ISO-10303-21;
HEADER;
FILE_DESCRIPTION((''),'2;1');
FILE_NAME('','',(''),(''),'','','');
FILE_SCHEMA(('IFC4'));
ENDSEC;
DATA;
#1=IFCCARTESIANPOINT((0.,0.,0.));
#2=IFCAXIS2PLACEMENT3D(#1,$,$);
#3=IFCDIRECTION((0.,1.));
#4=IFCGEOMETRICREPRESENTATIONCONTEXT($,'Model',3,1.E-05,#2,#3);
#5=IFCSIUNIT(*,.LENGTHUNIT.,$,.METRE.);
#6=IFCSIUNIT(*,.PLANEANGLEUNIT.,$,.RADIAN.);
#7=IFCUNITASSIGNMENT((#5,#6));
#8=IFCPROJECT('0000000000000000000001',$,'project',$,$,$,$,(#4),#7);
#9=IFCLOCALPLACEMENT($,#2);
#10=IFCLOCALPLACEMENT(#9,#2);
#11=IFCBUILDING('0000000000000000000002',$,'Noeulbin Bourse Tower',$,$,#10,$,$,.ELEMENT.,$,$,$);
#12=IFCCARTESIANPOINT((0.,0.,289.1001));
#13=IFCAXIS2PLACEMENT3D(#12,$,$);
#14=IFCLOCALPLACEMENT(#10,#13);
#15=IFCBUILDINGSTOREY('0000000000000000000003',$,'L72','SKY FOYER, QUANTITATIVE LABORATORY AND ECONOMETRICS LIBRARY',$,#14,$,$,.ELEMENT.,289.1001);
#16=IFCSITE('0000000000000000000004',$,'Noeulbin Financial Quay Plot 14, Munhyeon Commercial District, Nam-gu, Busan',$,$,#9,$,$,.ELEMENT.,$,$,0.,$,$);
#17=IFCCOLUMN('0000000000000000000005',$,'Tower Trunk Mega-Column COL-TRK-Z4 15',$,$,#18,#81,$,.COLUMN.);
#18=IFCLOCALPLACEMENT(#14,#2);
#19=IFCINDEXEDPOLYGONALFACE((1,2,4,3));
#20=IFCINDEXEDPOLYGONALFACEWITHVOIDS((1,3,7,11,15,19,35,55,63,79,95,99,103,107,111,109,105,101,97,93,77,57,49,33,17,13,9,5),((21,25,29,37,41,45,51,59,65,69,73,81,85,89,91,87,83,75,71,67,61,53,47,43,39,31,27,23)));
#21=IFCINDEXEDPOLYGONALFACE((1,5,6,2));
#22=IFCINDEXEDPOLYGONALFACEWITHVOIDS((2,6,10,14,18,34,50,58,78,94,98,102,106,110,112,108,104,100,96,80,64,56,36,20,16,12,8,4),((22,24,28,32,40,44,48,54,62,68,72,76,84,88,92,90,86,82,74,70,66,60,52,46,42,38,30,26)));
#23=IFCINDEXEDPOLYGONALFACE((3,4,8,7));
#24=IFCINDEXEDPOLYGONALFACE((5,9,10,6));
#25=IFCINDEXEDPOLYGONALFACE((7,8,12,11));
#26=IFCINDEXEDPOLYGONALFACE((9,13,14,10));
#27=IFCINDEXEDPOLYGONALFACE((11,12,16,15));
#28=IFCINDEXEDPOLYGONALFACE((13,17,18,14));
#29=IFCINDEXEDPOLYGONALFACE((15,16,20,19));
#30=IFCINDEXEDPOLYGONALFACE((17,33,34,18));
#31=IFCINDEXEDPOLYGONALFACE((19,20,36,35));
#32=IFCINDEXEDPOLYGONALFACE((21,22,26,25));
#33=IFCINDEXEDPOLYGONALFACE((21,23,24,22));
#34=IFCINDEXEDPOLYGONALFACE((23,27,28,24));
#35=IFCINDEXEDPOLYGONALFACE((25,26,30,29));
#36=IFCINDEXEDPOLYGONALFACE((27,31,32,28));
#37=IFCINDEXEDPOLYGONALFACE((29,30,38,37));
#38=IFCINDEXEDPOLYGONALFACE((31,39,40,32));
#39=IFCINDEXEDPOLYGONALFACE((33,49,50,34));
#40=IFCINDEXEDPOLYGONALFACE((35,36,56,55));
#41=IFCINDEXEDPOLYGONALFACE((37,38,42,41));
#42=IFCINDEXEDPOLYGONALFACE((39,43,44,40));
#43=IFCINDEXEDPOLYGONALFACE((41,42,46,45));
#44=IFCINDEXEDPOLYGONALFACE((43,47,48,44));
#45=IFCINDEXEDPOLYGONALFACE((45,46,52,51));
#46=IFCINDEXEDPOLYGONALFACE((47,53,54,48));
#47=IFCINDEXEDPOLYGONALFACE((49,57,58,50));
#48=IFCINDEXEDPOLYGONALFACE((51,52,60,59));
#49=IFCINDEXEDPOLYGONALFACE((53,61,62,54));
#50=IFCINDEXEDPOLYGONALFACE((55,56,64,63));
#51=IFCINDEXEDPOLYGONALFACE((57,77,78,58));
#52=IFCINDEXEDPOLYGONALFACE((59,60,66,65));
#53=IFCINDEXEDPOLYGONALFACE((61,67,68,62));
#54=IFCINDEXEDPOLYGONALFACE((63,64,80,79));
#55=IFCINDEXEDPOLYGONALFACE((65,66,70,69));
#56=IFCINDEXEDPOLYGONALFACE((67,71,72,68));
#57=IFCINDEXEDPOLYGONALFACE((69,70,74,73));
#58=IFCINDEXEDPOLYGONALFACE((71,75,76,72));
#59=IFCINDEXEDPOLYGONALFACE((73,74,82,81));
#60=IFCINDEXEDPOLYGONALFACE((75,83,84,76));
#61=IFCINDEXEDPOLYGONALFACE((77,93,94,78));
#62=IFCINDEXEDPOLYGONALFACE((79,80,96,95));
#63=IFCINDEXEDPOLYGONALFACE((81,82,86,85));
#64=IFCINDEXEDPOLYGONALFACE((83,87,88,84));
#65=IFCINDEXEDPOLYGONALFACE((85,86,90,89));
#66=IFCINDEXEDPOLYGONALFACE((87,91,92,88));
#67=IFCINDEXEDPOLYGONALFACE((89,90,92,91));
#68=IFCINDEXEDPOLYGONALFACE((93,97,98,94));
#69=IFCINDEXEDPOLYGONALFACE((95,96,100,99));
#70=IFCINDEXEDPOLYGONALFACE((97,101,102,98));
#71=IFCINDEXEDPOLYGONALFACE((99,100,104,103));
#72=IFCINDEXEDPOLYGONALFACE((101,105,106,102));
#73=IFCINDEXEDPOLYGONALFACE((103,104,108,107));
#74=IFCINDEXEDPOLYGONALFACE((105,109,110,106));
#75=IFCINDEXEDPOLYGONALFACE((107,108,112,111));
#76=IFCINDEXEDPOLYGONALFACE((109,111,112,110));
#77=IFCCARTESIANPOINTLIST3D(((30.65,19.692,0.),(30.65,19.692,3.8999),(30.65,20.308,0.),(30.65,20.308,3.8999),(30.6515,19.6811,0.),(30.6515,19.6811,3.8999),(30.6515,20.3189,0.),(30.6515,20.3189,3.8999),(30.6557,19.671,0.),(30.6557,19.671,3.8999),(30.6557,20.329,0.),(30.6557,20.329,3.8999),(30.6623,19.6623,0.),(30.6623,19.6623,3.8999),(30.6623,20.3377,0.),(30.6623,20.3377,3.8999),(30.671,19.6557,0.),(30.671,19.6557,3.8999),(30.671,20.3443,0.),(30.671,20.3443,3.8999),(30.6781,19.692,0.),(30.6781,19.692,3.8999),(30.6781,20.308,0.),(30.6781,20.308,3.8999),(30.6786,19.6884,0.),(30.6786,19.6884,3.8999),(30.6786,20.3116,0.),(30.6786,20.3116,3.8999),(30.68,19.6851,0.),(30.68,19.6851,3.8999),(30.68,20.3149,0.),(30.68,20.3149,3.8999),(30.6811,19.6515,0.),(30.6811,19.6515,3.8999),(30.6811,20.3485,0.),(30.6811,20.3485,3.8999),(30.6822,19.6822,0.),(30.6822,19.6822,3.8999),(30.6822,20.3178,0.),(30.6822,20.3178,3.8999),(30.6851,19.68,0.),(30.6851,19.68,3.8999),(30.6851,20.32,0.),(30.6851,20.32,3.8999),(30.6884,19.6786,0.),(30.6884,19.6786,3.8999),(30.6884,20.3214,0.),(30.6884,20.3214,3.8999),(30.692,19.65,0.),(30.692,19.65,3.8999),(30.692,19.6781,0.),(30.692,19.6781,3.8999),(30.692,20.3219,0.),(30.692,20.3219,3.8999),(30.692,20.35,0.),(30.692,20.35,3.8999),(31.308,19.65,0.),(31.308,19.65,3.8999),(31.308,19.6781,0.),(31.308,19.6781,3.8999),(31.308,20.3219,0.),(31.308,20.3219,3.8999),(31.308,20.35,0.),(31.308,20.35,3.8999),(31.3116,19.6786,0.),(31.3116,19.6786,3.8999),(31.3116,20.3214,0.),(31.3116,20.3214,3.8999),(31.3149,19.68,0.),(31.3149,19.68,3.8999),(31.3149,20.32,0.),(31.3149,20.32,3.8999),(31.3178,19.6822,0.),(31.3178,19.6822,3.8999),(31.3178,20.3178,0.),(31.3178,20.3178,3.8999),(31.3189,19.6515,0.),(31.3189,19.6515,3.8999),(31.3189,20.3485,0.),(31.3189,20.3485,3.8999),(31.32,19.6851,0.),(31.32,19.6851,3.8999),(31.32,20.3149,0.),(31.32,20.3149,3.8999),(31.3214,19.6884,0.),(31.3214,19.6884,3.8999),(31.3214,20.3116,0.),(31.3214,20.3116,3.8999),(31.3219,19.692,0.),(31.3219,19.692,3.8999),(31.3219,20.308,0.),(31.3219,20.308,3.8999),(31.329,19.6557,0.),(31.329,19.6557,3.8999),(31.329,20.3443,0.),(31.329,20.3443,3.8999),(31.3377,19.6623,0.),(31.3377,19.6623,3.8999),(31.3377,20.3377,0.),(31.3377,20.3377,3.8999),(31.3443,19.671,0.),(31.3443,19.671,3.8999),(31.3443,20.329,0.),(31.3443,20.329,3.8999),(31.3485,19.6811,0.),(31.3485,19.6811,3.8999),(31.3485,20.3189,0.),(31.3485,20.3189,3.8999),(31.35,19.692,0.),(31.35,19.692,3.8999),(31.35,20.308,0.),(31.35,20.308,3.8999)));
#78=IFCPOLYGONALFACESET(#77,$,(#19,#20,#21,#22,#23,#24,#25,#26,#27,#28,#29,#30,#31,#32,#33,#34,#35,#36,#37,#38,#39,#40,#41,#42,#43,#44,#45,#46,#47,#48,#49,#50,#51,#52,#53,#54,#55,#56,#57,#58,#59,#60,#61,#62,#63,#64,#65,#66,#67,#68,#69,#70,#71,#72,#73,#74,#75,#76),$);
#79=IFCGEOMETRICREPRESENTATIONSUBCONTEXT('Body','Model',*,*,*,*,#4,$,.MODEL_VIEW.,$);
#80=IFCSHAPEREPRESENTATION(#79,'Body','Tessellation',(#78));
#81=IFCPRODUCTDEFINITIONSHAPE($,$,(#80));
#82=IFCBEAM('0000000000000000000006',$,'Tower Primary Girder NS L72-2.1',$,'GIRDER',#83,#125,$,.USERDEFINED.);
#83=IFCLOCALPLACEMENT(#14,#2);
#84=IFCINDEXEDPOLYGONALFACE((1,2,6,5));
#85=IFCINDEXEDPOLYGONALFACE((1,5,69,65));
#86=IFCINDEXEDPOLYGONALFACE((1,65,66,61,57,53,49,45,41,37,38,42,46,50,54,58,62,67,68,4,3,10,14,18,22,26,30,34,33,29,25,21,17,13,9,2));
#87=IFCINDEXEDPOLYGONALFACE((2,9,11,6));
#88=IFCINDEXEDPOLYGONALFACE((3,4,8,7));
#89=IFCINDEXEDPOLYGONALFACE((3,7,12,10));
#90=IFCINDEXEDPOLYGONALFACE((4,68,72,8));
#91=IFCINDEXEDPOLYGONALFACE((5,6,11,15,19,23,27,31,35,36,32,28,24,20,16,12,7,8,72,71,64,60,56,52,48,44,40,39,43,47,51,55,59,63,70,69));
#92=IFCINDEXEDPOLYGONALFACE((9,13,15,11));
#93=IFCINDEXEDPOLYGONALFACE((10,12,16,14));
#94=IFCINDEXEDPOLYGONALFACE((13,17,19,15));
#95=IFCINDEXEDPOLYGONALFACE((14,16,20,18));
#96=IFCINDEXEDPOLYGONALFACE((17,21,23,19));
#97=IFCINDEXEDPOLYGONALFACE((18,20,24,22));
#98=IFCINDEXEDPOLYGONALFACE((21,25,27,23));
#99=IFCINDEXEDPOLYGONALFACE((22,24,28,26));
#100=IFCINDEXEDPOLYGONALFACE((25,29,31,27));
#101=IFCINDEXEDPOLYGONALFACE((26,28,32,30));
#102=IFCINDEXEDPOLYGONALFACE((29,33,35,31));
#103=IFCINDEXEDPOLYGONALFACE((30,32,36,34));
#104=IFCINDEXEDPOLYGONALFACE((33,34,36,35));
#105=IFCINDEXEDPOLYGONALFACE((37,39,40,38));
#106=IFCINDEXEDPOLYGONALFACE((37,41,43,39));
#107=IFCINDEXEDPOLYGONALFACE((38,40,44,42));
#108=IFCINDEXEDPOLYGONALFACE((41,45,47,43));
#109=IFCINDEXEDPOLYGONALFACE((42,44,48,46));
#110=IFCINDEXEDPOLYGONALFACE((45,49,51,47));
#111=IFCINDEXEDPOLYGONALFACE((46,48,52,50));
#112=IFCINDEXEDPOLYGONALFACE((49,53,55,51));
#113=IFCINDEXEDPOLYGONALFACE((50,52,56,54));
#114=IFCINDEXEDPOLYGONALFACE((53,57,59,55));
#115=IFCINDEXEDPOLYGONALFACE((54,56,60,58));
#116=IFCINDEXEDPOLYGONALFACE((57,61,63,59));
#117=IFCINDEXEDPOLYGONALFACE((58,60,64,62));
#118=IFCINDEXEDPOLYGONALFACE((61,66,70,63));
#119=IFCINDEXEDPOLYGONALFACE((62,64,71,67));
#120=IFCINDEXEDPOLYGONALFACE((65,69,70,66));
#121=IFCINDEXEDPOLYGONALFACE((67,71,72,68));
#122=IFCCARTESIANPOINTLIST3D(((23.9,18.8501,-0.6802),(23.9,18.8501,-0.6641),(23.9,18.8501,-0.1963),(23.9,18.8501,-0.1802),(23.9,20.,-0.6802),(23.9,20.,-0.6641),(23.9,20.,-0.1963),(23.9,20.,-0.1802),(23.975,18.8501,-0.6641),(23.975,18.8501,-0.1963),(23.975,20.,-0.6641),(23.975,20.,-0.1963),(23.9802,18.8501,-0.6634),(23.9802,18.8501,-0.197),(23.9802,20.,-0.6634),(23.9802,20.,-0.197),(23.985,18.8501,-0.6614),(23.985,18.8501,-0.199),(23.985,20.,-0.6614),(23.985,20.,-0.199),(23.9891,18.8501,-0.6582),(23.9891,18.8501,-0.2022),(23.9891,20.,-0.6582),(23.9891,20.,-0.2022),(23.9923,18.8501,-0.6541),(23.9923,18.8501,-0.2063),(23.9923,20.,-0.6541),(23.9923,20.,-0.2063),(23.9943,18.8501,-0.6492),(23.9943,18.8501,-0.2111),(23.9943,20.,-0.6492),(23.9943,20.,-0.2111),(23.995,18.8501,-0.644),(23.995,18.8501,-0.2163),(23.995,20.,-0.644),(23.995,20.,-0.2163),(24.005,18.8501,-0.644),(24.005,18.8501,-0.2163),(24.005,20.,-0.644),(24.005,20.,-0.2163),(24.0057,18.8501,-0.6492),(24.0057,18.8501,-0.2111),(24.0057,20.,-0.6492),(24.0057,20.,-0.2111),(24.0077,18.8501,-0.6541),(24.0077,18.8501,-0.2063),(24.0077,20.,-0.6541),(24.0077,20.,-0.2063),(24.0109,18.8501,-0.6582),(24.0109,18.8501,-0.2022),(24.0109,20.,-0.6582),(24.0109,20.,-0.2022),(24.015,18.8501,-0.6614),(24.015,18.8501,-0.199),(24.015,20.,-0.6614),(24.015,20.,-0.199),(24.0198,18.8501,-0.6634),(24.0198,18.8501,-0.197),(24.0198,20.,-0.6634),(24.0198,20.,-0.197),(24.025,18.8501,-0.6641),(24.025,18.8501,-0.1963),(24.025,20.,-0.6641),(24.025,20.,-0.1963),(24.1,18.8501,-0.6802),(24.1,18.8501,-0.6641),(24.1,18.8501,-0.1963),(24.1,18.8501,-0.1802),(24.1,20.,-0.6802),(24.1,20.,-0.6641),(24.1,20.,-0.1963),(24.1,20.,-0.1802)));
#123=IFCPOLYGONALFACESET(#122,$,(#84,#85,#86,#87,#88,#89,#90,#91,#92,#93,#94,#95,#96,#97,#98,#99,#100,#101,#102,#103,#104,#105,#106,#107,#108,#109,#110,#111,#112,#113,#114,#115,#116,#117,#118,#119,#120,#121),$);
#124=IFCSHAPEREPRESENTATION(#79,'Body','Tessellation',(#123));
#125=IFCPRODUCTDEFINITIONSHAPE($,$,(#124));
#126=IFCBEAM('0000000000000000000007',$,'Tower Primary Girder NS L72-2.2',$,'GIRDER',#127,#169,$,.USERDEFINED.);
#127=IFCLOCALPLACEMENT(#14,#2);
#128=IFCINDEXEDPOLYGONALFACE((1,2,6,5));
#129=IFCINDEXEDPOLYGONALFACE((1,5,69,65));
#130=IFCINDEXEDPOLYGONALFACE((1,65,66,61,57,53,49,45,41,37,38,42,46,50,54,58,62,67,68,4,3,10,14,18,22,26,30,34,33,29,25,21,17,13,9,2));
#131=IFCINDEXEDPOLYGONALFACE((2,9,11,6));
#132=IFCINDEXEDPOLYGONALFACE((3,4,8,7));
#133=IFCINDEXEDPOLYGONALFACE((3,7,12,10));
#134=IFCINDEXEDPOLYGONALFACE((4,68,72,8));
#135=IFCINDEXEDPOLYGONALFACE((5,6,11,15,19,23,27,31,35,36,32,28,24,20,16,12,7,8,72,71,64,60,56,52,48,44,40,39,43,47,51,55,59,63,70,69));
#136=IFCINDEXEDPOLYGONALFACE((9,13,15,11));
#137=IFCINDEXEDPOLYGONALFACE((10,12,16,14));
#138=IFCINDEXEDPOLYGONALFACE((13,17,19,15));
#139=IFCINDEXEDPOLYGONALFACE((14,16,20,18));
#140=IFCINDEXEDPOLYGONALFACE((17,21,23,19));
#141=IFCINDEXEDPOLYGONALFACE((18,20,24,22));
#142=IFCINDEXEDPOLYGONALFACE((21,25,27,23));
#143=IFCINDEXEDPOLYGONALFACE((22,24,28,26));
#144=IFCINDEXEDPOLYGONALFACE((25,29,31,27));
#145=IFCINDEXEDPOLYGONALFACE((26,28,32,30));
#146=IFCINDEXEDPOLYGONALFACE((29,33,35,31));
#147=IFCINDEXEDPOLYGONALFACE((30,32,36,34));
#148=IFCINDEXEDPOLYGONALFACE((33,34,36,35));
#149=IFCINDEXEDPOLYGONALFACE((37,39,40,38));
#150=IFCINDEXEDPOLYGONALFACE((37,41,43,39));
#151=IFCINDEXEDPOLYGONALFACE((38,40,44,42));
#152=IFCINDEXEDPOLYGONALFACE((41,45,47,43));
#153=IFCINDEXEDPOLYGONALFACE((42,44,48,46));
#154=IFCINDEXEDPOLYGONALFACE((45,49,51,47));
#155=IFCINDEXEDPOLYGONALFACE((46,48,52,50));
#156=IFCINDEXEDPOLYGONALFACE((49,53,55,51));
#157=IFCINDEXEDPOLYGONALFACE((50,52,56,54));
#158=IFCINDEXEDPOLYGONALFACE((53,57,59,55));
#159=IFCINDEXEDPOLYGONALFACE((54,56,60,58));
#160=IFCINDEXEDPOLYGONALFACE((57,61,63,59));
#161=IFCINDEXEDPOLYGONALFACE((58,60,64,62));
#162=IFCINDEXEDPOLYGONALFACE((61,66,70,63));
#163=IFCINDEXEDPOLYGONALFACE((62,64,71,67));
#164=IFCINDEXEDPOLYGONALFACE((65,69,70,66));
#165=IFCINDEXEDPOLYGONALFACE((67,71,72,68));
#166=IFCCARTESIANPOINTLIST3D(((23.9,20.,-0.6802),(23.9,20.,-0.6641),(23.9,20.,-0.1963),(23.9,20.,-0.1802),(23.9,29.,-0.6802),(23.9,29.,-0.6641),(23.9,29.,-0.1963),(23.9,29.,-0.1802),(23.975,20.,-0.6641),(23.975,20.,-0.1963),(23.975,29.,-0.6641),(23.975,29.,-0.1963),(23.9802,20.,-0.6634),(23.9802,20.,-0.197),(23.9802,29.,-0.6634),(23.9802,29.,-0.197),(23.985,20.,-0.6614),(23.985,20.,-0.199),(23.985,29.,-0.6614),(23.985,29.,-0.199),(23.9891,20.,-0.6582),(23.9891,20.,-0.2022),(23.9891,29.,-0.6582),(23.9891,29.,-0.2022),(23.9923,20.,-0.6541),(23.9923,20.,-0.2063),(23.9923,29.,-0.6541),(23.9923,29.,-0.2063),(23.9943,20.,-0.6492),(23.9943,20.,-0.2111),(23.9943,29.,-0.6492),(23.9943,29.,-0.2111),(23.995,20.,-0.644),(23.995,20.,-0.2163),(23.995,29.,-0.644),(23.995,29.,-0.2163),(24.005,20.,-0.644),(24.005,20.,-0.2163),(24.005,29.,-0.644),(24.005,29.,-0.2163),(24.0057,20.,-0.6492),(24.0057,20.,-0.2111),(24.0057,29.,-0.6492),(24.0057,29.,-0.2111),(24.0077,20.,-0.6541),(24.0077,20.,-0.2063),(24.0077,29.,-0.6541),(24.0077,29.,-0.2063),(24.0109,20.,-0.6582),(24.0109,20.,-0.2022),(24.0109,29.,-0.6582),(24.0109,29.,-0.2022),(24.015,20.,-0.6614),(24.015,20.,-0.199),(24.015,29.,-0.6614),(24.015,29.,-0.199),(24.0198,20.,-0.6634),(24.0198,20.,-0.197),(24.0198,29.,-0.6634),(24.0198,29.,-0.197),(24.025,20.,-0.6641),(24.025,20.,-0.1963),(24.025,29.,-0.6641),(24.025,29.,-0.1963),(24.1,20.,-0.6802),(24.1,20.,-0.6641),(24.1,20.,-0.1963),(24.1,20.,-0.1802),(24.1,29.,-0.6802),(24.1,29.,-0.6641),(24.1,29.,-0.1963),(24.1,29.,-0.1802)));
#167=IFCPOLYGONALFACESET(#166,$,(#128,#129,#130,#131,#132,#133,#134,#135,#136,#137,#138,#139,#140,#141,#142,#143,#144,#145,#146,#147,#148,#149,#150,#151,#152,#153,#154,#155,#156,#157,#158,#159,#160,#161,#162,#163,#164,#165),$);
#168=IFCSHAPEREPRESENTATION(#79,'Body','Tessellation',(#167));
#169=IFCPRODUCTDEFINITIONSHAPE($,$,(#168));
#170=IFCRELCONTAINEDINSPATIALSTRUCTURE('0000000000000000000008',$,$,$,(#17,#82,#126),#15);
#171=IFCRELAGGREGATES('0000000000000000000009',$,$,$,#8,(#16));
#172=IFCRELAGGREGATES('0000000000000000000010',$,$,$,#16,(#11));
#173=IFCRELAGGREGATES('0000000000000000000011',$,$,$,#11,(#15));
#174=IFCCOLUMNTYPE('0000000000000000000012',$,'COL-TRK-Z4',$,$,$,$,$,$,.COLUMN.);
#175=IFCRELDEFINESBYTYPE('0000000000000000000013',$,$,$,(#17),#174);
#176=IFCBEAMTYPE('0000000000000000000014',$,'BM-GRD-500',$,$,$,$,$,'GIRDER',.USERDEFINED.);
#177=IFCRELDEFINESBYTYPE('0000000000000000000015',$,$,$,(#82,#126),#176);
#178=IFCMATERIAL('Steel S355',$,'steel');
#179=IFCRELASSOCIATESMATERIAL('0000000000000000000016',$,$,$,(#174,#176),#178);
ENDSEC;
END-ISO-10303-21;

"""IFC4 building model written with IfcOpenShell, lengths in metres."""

from ifc_helpers import new_model, si_unit, direction, frame, origin, origin_2d, place, context, subcontext, project, spatial, hollow_rectangle, i_section, extrude, material, material_profile, profile_set, type_object, element, save


model = new_model("IFC4")

# Units and contexts
model_context = context("Model", 3, precision=1e-05, world=origin(), true_north=direction((0.0, 1.0)))
body_context = subcontext(model_context, "Body", "Model", "MODEL_VIEW")
ifc_project = project(units=[si_unit("LENGTHUNIT", "METRE"), si_unit("PLANEANGLEUNIT", "RADIAN")], contexts=[model_context])

# Site, building, storey
site_placement = place(None, origin())
site = spatial("IfcSite", under=ifc_project, at=site_placement, Name="Noeulbin Financial Quay Plot 14, Munhyeon Commercial District, Nam-gu, Busan", CompositionType="ELEMENT", RefElevation=0.0)
building_placement = place(site_placement, origin())
building = spatial("IfcBuilding", under=site, at=building_placement, Name="Noeulbin Bourse Tower", CompositionType="ELEMENT")
storey_placement = place(building_placement, frame((0.0, 0.0, 289.1001)))
storey = spatial("IfcBuildingStorey", under=building, at=storey_placement, Name="L72", Description="SKY FOYER, QUANTITATIVE LABORATORY AND ECONOMETRICS LIBRARY", CompositionType="ELEMENT", Elevation=289.1001)

# Column
ifc_material_1 = material(Name="Steel S355", Category="steel")
ifc_material_profile_1 = material_profile(ifc_material_1, hollow_rectangle(XDim=0.7, YDim=0.7, WallThickness=0.0281, InnerFilletRadius=0.0139, OuterFilletRadius=0.042, at=origin_2d()), Name="BOX-700x700x28", Category="LoadBearing")
ifc_profile_set_1 = profile_set([ifc_material_profile_1], Name="Steel S355")
column_type = type_object("IfcColumnType", Name="COL-TRK-Z4", PredefinedType="COLUMN", material=ifc_profile_set_1)
for number, where, z_axis, x_axis, name in (
    (1, (31.0, 20.0, 0.0), (0.0, 0.0, 1.0), (1.0, 0.0, 0.0), "Tower Trunk Mega-Column COL-TRK-Z4 15"),
):
    element("IfcColumn", number, at=place(storey_placement, frame(where, z_axis=z_axis, x_axis=x_axis)), inside=storey, type_object=column_type, Name=name, PredefinedType="COLUMN", context=body_context, shape_type="SweptSolid", body=[
        extrude(hollow_rectangle(XDim=0.7, YDim=0.7, WallThickness=0.0281, InnerFilletRadius=0.0139, OuterFilletRadius=0.042, at=origin_2d()), origin(), (0.0, 0.0, 1.0), 3.8999),
    ])

# Beams
ifc_material_profile_2 = material_profile(ifc_material_1, i_section(OverallWidth=0.2, OverallDepth=0.5, WebThickness=0.01, FlangeThickness=0.0161, FilletRadius=0.02, at=origin_2d()), Name="H-500x200x10x16", Category="LoadBearing")
ifc_profile_set_2 = profile_set([ifc_material_profile_2], Name="Steel S355")
beam_type_1 = type_object("IfcBeamType", Name="BM-GRD-500", ElementType="GIRDER", PredefinedType="USERDEFINED", material=ifc_profile_set_2)
beam_1_placement = place(storey_placement, frame((24.0, 18.8501, -0.4302), z_axis=(0.0, 1.0, 0.0), x_axis=(-1.0, 0.0, 0.0)))
element("IfcBeam", 2, at=beam_1_placement, inside=storey, type_object=beam_type_1, Name="Tower Primary Girder NS L72-2.1", ObjectType="GIRDER", PredefinedType="USERDEFINED", context=body_context, shape_type="SweptSolid", body=[
    extrude(i_section(OverallWidth=0.2, OverallDepth=0.5, WebThickness=0.01, FlangeThickness=0.0161, FilletRadius=0.02, at=origin_2d()), origin(), (0.0, 0.0, 1.0), 1.1499),
])
beam_2_placement = place(storey_placement, frame((24.0, 20.0, -0.4302), z_axis=(0.0, 1.0, 0.0), x_axis=(-1.0, 0.0, 0.0)))
element("IfcBeam", 3, at=beam_2_placement, inside=storey, type_object=beam_type_1, Name="Tower Primary Girder NS L72-2.2", ObjectType="GIRDER", PredefinedType="USERDEFINED", context=body_context, shape_type="SweptSolid", body=[
    extrude(i_section(OverallWidth=0.2, OverallDepth=0.5, WebThickness=0.01, FlangeThickness=0.0161, FilletRadius=0.02, at=origin_2d()), origin(), (0.0, 0.0, 1.0), 9.0),
])

save(model, "model.ifc")
